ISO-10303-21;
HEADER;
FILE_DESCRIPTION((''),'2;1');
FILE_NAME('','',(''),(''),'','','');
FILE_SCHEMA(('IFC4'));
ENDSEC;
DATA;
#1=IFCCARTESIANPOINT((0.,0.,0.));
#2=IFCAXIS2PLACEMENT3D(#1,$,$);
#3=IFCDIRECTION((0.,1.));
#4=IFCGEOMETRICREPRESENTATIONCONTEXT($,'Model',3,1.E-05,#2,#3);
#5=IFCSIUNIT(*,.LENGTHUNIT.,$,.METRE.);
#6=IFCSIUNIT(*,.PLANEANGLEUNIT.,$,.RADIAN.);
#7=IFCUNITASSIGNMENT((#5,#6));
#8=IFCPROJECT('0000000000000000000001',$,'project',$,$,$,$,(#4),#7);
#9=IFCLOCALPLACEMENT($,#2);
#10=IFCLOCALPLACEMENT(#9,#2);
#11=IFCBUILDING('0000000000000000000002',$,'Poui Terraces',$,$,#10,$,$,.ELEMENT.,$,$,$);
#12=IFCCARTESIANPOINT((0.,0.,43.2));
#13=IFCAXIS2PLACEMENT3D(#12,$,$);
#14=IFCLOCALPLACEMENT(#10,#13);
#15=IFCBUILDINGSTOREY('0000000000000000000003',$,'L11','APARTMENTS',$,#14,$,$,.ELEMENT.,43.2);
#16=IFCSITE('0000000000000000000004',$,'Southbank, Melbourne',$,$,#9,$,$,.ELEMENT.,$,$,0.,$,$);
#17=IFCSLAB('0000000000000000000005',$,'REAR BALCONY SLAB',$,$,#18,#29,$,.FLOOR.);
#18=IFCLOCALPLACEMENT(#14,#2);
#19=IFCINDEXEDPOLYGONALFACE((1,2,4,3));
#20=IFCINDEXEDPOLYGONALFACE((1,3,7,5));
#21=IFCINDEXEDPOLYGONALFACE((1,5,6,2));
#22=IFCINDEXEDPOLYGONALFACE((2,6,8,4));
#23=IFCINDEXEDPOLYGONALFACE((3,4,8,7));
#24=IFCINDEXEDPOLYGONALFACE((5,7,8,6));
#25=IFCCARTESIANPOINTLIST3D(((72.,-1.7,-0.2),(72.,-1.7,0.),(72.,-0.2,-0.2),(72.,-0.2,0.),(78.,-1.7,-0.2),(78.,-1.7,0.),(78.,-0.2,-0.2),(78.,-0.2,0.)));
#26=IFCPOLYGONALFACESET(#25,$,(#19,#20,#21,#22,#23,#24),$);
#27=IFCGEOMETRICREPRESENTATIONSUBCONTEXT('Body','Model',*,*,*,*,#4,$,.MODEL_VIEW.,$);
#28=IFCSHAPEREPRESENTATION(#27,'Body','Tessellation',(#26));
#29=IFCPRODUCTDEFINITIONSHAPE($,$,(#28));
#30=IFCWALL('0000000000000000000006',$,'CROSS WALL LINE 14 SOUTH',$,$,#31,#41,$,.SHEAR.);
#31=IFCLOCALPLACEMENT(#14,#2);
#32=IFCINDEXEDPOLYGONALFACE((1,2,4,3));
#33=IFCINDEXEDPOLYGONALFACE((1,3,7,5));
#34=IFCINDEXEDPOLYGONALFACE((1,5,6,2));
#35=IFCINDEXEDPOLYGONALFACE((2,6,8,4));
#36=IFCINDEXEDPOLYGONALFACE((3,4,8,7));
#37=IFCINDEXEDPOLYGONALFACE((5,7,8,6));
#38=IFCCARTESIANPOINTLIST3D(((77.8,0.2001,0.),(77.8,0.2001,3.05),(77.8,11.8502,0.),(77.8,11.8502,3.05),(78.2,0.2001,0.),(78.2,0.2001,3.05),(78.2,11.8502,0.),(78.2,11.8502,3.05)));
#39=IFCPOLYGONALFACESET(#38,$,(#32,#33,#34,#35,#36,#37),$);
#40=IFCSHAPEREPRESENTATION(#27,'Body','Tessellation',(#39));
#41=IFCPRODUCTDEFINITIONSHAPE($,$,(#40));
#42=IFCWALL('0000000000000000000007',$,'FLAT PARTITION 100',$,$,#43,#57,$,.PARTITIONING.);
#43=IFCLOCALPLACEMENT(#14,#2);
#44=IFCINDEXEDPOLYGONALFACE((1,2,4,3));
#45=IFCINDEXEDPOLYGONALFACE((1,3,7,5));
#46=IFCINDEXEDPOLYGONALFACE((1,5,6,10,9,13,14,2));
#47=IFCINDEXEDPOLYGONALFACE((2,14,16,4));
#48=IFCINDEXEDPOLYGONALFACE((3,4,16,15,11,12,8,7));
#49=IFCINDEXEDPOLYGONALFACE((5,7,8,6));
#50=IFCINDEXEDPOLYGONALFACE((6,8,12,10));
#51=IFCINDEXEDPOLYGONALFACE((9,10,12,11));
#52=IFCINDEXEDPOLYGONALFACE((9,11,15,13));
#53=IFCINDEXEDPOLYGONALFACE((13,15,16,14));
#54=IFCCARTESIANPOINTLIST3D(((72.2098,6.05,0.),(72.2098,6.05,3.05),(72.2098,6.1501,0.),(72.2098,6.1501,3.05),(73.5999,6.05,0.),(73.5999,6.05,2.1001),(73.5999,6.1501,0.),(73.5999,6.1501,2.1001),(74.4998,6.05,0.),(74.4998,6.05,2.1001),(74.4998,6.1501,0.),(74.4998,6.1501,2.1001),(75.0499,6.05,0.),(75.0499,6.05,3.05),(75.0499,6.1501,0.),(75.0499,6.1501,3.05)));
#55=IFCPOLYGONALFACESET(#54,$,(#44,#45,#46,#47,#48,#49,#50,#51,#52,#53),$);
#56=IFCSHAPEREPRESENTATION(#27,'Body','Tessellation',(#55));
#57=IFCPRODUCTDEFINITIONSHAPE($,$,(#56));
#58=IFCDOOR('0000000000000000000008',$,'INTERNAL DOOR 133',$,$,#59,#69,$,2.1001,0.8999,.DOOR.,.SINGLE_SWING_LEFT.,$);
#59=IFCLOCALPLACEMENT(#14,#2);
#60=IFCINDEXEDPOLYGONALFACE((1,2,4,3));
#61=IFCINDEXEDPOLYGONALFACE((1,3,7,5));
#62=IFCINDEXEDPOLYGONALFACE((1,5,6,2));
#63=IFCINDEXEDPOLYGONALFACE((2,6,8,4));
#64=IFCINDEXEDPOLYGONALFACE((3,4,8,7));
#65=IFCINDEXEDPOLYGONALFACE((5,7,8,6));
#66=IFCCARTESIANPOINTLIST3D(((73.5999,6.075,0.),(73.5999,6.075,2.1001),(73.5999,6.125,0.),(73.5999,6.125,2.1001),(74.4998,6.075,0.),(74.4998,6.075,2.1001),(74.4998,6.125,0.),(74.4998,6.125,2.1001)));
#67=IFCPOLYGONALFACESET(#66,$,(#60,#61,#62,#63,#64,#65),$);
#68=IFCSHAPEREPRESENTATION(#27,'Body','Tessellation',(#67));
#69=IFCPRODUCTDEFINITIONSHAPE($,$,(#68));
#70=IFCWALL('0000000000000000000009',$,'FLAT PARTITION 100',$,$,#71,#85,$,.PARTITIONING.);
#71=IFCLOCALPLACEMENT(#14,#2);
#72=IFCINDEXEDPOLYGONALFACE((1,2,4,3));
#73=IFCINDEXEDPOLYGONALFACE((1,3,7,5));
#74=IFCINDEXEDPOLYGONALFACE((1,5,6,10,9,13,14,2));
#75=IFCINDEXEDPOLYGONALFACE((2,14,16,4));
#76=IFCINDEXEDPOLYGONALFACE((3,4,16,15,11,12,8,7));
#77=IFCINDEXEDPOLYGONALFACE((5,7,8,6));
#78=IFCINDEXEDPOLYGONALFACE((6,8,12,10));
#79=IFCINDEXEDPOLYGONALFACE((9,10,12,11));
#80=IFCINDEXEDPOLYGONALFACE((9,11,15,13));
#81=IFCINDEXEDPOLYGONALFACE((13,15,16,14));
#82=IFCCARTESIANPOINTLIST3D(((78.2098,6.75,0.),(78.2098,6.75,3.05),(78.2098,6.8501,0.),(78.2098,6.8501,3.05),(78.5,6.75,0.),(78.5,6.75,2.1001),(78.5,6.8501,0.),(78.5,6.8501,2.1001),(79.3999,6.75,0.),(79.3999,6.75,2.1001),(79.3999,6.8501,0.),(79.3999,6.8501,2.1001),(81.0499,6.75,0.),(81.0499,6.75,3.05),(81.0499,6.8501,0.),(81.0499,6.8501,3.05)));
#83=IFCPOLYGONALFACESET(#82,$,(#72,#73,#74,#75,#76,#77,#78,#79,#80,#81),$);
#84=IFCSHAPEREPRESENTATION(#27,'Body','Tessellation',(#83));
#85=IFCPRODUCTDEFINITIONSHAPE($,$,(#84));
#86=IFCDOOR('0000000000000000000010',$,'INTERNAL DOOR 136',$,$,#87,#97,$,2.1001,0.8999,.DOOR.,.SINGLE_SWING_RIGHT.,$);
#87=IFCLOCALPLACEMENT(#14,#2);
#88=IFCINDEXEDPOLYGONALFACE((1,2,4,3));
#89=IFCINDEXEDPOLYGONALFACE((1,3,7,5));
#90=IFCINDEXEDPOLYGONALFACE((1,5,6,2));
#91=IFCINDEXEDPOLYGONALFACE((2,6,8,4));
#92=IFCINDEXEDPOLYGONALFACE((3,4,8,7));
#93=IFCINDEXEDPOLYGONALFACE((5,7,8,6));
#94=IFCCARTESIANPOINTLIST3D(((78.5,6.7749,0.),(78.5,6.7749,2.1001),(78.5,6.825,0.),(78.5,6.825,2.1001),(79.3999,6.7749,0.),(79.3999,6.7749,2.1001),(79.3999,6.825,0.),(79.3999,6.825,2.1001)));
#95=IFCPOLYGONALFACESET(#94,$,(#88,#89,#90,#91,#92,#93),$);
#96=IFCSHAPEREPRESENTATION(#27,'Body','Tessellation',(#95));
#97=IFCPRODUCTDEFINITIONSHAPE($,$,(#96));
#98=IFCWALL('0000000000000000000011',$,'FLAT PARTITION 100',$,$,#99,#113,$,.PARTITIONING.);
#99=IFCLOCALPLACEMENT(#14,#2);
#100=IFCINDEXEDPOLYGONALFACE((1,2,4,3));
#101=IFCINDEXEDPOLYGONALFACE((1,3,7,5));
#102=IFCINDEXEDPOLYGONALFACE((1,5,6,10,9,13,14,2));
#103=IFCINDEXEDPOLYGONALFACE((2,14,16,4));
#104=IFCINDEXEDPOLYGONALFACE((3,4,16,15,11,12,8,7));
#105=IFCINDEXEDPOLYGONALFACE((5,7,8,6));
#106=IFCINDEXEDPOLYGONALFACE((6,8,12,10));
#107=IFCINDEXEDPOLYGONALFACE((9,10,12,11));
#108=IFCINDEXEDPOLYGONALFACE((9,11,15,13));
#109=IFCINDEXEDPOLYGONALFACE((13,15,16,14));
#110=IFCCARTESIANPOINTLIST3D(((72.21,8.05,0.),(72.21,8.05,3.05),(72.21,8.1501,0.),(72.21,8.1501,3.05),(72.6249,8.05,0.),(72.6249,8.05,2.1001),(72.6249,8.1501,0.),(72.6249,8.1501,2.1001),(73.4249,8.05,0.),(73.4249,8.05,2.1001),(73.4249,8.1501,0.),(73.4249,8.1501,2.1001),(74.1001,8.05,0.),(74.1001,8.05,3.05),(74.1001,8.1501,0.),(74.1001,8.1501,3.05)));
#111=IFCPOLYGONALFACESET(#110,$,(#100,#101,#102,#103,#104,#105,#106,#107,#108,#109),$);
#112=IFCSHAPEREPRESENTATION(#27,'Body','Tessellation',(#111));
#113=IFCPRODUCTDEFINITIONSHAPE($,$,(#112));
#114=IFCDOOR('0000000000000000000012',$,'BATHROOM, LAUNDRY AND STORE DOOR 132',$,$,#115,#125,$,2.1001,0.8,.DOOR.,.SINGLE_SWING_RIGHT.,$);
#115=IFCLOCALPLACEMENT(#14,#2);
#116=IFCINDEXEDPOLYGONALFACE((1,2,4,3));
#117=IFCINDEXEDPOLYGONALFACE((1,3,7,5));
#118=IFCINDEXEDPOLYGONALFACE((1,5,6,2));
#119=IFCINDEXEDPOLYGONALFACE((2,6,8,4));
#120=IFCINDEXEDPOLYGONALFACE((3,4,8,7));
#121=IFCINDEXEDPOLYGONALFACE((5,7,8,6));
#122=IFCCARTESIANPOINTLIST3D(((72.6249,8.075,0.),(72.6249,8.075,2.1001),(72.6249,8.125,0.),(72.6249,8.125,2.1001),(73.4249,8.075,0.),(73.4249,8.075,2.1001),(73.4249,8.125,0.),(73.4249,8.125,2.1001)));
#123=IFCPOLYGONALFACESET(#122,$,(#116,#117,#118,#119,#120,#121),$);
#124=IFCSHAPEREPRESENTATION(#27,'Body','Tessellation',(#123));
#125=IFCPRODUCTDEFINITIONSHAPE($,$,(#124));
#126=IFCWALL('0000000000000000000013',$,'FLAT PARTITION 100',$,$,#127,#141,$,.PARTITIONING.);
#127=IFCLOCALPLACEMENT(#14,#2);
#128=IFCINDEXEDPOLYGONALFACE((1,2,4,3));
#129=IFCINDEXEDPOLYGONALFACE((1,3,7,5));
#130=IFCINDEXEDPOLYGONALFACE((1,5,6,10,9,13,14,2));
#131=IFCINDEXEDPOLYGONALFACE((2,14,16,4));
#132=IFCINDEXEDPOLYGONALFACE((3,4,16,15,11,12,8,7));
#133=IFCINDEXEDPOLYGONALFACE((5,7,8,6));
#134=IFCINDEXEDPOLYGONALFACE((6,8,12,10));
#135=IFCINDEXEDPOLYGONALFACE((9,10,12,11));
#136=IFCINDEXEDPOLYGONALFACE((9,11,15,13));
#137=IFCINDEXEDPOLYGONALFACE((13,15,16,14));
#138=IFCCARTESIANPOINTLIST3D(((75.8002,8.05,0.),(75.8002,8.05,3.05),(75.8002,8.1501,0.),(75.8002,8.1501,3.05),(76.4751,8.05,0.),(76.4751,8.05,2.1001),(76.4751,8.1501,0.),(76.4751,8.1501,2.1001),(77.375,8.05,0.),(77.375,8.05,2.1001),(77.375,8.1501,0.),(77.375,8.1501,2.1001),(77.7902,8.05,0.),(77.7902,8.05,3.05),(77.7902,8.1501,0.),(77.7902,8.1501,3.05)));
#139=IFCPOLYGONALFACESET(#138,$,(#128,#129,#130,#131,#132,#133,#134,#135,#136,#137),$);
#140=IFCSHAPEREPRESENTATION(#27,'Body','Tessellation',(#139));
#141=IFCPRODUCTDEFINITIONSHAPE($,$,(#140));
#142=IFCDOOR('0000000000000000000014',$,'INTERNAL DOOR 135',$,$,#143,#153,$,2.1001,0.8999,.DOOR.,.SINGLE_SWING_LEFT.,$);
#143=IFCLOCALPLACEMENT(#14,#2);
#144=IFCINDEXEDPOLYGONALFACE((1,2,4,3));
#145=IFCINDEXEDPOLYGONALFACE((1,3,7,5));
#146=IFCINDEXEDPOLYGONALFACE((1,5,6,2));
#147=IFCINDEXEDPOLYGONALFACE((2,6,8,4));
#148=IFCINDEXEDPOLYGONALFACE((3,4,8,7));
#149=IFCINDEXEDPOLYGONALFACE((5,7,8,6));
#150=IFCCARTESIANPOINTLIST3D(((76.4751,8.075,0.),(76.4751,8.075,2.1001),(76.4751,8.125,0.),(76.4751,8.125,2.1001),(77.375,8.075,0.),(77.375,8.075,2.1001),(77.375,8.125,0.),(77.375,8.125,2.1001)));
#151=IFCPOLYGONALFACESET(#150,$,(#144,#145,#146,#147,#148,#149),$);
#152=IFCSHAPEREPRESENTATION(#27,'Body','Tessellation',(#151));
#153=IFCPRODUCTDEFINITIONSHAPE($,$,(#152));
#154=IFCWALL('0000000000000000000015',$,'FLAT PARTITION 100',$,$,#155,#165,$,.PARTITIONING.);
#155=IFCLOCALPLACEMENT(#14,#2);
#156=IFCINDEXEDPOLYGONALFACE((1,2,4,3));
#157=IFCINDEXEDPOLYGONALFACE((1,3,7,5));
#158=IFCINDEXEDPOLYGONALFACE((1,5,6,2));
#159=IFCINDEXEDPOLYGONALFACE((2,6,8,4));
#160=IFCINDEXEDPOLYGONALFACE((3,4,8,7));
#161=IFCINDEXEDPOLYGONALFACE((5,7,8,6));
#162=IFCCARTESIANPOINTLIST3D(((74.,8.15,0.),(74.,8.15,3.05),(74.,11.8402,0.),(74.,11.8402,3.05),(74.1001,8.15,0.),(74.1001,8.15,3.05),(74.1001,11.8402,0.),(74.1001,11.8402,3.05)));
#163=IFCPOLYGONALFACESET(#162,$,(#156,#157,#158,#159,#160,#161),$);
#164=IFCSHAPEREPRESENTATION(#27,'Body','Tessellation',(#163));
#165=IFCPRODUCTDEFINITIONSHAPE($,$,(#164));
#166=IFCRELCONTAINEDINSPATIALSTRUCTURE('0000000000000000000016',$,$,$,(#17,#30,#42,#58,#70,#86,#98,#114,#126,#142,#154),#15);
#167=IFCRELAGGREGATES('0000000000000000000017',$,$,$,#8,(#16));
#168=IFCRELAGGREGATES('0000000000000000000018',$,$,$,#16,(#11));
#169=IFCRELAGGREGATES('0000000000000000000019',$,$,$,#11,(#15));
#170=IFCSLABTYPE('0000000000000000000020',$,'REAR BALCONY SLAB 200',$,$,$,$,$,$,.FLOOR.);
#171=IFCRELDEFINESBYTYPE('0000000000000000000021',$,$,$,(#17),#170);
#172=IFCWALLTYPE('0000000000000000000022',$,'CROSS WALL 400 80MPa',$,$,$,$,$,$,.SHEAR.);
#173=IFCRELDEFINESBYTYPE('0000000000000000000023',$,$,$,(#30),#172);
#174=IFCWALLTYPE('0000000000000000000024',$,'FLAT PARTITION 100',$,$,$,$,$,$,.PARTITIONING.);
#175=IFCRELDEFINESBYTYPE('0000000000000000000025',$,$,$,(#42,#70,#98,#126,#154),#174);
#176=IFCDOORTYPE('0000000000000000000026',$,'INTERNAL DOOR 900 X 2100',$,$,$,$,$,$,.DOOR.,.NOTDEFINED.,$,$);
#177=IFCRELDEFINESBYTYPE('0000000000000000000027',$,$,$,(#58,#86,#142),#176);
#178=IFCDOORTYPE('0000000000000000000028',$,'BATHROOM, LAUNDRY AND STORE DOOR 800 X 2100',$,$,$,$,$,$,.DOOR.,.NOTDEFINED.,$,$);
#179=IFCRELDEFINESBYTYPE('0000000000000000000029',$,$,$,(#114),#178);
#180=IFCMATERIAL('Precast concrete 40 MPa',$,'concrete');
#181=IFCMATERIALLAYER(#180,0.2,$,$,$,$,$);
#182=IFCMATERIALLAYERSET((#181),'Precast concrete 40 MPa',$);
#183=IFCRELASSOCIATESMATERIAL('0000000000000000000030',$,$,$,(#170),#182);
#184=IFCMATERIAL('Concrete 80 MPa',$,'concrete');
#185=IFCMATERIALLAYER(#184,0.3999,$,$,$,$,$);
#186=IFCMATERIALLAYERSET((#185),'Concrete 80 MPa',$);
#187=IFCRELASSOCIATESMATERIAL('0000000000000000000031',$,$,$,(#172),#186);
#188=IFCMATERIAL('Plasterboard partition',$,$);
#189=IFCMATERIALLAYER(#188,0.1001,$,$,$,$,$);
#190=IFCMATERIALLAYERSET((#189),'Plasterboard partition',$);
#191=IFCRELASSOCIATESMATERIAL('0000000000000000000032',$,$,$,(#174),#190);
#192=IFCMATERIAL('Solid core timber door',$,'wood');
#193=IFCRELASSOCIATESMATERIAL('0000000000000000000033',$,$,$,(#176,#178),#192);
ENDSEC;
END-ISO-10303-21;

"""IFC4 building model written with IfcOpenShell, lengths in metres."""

from ifc_helpers import new_model, si_unit, direction, frame, frame_2d, origin, place, context, subcontext, project, spatial, polyline, rectangle, outline, extrude, source, transform, mapped, material, layer, layer_set, type_object, element, fill, save


model = new_model("IFC4")

# Units and contexts
model_context = context("Model", 3, precision=1e-05, world=origin(), true_north=direction((0.0, 1.0)))
body_context = subcontext(model_context, "Body", "Model", "MODEL_VIEW")
ifc_project = project(units=[si_unit("LENGTHUNIT", "METRE"), si_unit("PLANEANGLEUNIT", "RADIAN")], contexts=[model_context])

# Site, building, storey
site_placement = place(None, origin())
site = spatial("IfcSite", under=ifc_project, at=site_placement, Name="Southbank, Melbourne", CompositionType="ELEMENT", RefElevation=0.0)
building_placement = place(site_placement, origin())
building = spatial("IfcBuilding", under=site, at=building_placement, Name="Poui Terraces", CompositionType="ELEMENT")
storey_placement = place(building_placement, frame((0.0, 0.0, 43.2)))
storey = spatial("IfcBuildingStorey", under=building, at=storey_placement, Name="L11", Description="APARTMENTS", CompositionType="ELEMENT", Elevation=43.2)

# Slab
ifc_material_1 = material(Name="Precast concrete 40 MPa", Category="concrete")
ifc_layer_1 = layer(ifc_material_1, 0.2)
ifc_layer_set_1 = layer_set([ifc_layer_1], Name="Precast concrete 40 MPa")
slab_type = type_object("IfcSlabType", Name="REAR BALCONY SLAB 200", PredefinedType="FLOOR", material=ifc_layer_set_1)
shared_shape_1 = source(origin(), body_context, "Body", "SweptSolid", [
    extrude(outline(polyline([(0.0, 0.0), (6.0, 0.0), (6.0, 1.5), (0.0, 1.5), (0.0, 0.0)])), origin(), (0.0, 0.0, 1.0), 0.2),
])
slab_placement = place(storey_placement, frame((72.0, -1.7, -0.2)))
element("IfcSlab", 1, at=slab_placement, inside=storey, type_object=slab_type, Name="REAR BALCONY SLAB", PredefinedType="FLOOR", context=body_context, shape_type="MappedRepresentation", body=[
    mapped(shared_shape_1, transform((0.0, 0.0, 0.0))),
])

# Wall
ifc_material_2 = material(Name="Concrete 80 MPa", Category="concrete")
ifc_layer_2 = layer(ifc_material_2, 0.3999)
ifc_layer_set_2 = layer_set([ifc_layer_2], Name="Concrete 80 MPa")
wall_type_1 = type_object("IfcWallType", Name="CROSS WALL 400 80MPa", PredefinedType="SHEAR", material=ifc_layer_set_2)
wall_1_placement = place(storey_placement, frame((78.0, 0.2, 0.0), z_axis=(0.0, 0.0, 1.0), x_axis=(0.0, 1.0, 0.0)))
element("IfcWall", 2, at=wall_1_placement, inside=storey, type_object=wall_type_1, Name="CROSS WALL LINE 14 SOUTH", PredefinedType="SHEAR", context=body_context, shape_type="SweptSolid", body=[
    extrude(rectangle(XDim=11.6501, YDim=0.3999, at=frame_2d((5.8252, 0.0))), origin(), (0.0, 0.0, 1.0), 3.05),
])

# Walls, openings, doors
ifc_material_3 = material(Name="Plasterboard partition")
ifc_layer_3 = layer(ifc_material_3, 0.1001)
ifc_layer_set_3 = layer_set([ifc_layer_3], Name="Plasterboard partition")
wall_type_2 = type_object("IfcWallType", Name="FLAT PARTITION 100", PredefinedType="PARTITIONING", material=ifc_layer_set_3)
wall_2_placement = place(storey_placement, frame((72.21, 6.1001, 0.0), z_axis=(0.0, 0.0, 1.0), x_axis=(1.0, 0.0, 0.0)))
wall_2 = element("IfcWall", 3, at=wall_2_placement, inside=storey, type_object=wall_type_2, Name="FLAT PARTITION 100", PredefinedType="PARTITIONING", context=body_context, shape_type="SweptSolid", body=[
    extrude(rectangle(XDim=2.8401, YDim=0.1001, at=frame_2d((1.4199, 0.0))), origin(), (0.0, 0.0, 1.0), 3.05),
])
opening_1_placement = place(wall_2_placement, frame((1.3899, 0.0, 0.0)))
opening_1 = element("IfcOpeningElement", 4, at=opening_1_placement, cuts=wall_2, PredefinedType="OPENING", context=body_context, shape_type="SweptSolid", body=[
    extrude(rectangle(XDim=0.8999, YDim=2.1001, at=frame_2d((0.45, 1.05))), frame((0.0, 0.0601, 0.0), z_axis=(0.0, -1.0, 0.0), x_axis=(1.0, 0.0, 0.0)), (0.0, 0.0, 1.0), 0.1201),
])
ifc_material_4 = material(Name="Solid core timber door", Category="wood")
door_type_1 = type_object("IfcDoorType", Name="INTERNAL DOOR 900 X 2100", OperationType="NOTDEFINED", PredefinedType="DOOR", material=ifc_material_4)
door_1_placement = place(opening_1_placement, origin())
door_1 = element("IfcDoor", 5, at=door_1_placement, inside=storey, type_object=door_type_1, Name="INTERNAL DOOR 133", OperationType="SINGLE_SWING_LEFT", OverallHeight=2.1001, OverallWidth=0.8999, PredefinedType="DOOR", context=body_context, shape_type="SweptSolid", body=[
    extrude(rectangle(XDim=0.8999, YDim=2.1001, at=frame_2d((0.45, 1.05))), frame((0.0, 0.0249, 0.0), z_axis=(0.0, -1.0, 0.0), x_axis=(1.0, 0.0, 0.0)), (0.0, 0.0, 1.0), 0.05),
])
fill(opening_1, door_1)
wall_3_placement = place(storey_placement, frame((78.21, 6.8, 0.0), z_axis=(0.0, 0.0, 1.0), x_axis=(1.0, 0.0, 0.0)))
wall_3 = element("IfcWall", 6, at=wall_3_placement, inside=storey, type_object=wall_type_2, Name="FLAT PARTITION 100", PredefinedType="PARTITIONING", context=body_context, shape_type="SweptSolid", body=[
    extrude(rectangle(XDim=2.8401, YDim=0.1001, at=frame_2d((1.4199, 0.0))), origin(), (0.0, 0.0, 1.0), 3.05),
])
opening_2_placement = place(wall_3_placement, frame((0.29, 0.0, 0.0)))
opening_2 = element("IfcOpeningElement", 7, at=opening_2_placement, cuts=wall_3, PredefinedType="OPENING", context=body_context, shape_type="SweptSolid", body=[
    extrude(rectangle(XDim=0.8999, YDim=2.1001, at=frame_2d((0.45, 1.05))), frame((0.0, 0.0601, 0.0), z_axis=(0.0, -1.0, 0.0), x_axis=(1.0, 0.0, 0.0)), (0.0, 0.0, 1.0), 0.1201),
])
door_2_placement = place(opening_2_placement, origin())
door_2 = element("IfcDoor", 8, at=door_2_placement, inside=storey, type_object=door_type_1, Name="INTERNAL DOOR 136", OperationType="SINGLE_SWING_RIGHT", OverallHeight=2.1001, OverallWidth=0.8999, PredefinedType="DOOR", context=body_context, shape_type="SweptSolid", body=[
    extrude(rectangle(XDim=0.8999, YDim=2.1001, at=frame_2d((0.45, 1.05))), frame((0.0, 0.0249, 0.0), z_axis=(0.0, -1.0, 0.0), x_axis=(1.0, 0.0, 0.0)), (0.0, 0.0, 1.0), 0.05),
])
fill(opening_2, door_2)
wall_4_placement = place(storey_placement, frame((72.21, 8.1001, 0.0), z_axis=(0.0, 0.0, 1.0), x_axis=(1.0, 0.0, 0.0)))
wall_4 = element("IfcWall", 9, at=wall_4_placement, inside=storey, type_object=wall_type_2, Name="FLAT PARTITION 100", PredefinedType="PARTITIONING", context=body_context, shape_type="SweptSolid", body=[
    extrude(rectangle(XDim=1.8901, YDim=0.1001, at=frame_2d((0.9451, 0.0))), origin(), (0.0, 0.0, 1.0), 3.05),
])
opening_3_placement = place(wall_4_placement, frame((0.415, 0.0, 0.0)))
opening_3 = element("IfcOpeningElement", 10, at=opening_3_placement, cuts=wall_4, PredefinedType="OPENING", context=body_context, shape_type="SweptSolid", body=[
    extrude(rectangle(XDim=0.8, YDim=2.1001, at=frame_2d((0.3999, 1.05))), frame((0.0, 0.0601, 0.0), z_axis=(0.0, -1.0, 0.0), x_axis=(1.0, 0.0, 0.0)), (0.0, 0.0, 1.0), 0.1201),
])
door_type_2 = type_object("IfcDoorType", Name="BATHROOM, LAUNDRY AND STORE DOOR 800 X 2100", OperationType="NOTDEFINED", PredefinedType="DOOR", material=ifc_material_4)
door_3_placement = place(opening_3_placement, origin())
door_3 = element("IfcDoor", 11, at=door_3_placement, inside=storey, type_object=door_type_2, Name="BATHROOM, LAUNDRY AND STORE DOOR 132", OperationType="SINGLE_SWING_RIGHT", OverallHeight=2.1001, OverallWidth=0.8, PredefinedType="DOOR", context=body_context, shape_type="SweptSolid", body=[
    extrude(rectangle(XDim=0.8, YDim=2.1001, at=frame_2d((0.3999, 1.05))), frame((0.0, 0.0249, 0.0), z_axis=(0.0, -1.0, 0.0), x_axis=(1.0, 0.0, 0.0)), (0.0, 0.0, 1.0), 0.05),
])
fill(opening_3, door_3)
wall_5_placement = place(storey_placement, frame((75.8, 8.1001, 0.0), z_axis=(0.0, 0.0, 1.0), x_axis=(1.0, 0.0, 0.0)))
wall_5 = element("IfcWall", 12, at=wall_5_placement, inside=storey, type_object=wall_type_2, Name="FLAT PARTITION 100", PredefinedType="PARTITIONING", context=body_context, shape_type="SweptSolid", body=[
    extrude(rectangle(XDim=1.99, YDim=0.1001, at=frame_2d((0.9951, 0.0))), origin(), (0.0, 0.0, 1.0), 3.05),
])
opening_4_placement = place(wall_5_placement, frame((0.675, 0.0, 0.0)))
opening_4 = element("IfcOpeningElement", 13, at=opening_4_placement, cuts=wall_5, PredefinedType="OPENING", context=body_context, shape_type="SweptSolid", body=[
    extrude(rectangle(XDim=0.8999, YDim=2.1001, at=frame_2d((0.45, 1.05))), frame((0.0, 0.0601, 0.0), z_axis=(0.0, -1.0, 0.0), x_axis=(1.0, 0.0, 0.0)), (0.0, 0.0, 1.0), 0.1201),
])
door_4_placement = place(opening_4_placement, origin())
door_4 = element("IfcDoor", 14, at=door_4_placement, inside=storey, type_object=door_type_1, Name="INTERNAL DOOR 135", OperationType="SINGLE_SWING_LEFT", OverallHeight=2.1001, OverallWidth=0.8999, PredefinedType="DOOR", context=body_context, shape_type="SweptSolid", body=[
    extrude(rectangle(XDim=0.8999, YDim=2.1001, at=frame_2d((0.45, 1.05))), frame((0.0, 0.0249, 0.0), z_axis=(0.0, -1.0, 0.0), x_axis=(1.0, 0.0, 0.0)), (0.0, 0.0, 1.0), 0.05),
])
fill(opening_4, door_4)

# Wall
wall_6_placement = place(storey_placement, frame((74.05, 8.1499, 0.0), z_axis=(0.0, 0.0, 1.0), x_axis=(0.0, 1.0, 0.0)))
element("IfcWall", 15, at=wall_6_placement, inside=storey, type_object=wall_type_2, Name="FLAT PARTITION 100", PredefinedType="PARTITIONING", context=body_context, shape_type="SweptSolid", body=[
    extrude(rectangle(XDim=3.6902, YDim=0.1001, at=frame_2d((1.8452, 0.0))), origin(), (0.0, 0.0, 1.0), 3.05),
])

save(model, "model.ifc")
